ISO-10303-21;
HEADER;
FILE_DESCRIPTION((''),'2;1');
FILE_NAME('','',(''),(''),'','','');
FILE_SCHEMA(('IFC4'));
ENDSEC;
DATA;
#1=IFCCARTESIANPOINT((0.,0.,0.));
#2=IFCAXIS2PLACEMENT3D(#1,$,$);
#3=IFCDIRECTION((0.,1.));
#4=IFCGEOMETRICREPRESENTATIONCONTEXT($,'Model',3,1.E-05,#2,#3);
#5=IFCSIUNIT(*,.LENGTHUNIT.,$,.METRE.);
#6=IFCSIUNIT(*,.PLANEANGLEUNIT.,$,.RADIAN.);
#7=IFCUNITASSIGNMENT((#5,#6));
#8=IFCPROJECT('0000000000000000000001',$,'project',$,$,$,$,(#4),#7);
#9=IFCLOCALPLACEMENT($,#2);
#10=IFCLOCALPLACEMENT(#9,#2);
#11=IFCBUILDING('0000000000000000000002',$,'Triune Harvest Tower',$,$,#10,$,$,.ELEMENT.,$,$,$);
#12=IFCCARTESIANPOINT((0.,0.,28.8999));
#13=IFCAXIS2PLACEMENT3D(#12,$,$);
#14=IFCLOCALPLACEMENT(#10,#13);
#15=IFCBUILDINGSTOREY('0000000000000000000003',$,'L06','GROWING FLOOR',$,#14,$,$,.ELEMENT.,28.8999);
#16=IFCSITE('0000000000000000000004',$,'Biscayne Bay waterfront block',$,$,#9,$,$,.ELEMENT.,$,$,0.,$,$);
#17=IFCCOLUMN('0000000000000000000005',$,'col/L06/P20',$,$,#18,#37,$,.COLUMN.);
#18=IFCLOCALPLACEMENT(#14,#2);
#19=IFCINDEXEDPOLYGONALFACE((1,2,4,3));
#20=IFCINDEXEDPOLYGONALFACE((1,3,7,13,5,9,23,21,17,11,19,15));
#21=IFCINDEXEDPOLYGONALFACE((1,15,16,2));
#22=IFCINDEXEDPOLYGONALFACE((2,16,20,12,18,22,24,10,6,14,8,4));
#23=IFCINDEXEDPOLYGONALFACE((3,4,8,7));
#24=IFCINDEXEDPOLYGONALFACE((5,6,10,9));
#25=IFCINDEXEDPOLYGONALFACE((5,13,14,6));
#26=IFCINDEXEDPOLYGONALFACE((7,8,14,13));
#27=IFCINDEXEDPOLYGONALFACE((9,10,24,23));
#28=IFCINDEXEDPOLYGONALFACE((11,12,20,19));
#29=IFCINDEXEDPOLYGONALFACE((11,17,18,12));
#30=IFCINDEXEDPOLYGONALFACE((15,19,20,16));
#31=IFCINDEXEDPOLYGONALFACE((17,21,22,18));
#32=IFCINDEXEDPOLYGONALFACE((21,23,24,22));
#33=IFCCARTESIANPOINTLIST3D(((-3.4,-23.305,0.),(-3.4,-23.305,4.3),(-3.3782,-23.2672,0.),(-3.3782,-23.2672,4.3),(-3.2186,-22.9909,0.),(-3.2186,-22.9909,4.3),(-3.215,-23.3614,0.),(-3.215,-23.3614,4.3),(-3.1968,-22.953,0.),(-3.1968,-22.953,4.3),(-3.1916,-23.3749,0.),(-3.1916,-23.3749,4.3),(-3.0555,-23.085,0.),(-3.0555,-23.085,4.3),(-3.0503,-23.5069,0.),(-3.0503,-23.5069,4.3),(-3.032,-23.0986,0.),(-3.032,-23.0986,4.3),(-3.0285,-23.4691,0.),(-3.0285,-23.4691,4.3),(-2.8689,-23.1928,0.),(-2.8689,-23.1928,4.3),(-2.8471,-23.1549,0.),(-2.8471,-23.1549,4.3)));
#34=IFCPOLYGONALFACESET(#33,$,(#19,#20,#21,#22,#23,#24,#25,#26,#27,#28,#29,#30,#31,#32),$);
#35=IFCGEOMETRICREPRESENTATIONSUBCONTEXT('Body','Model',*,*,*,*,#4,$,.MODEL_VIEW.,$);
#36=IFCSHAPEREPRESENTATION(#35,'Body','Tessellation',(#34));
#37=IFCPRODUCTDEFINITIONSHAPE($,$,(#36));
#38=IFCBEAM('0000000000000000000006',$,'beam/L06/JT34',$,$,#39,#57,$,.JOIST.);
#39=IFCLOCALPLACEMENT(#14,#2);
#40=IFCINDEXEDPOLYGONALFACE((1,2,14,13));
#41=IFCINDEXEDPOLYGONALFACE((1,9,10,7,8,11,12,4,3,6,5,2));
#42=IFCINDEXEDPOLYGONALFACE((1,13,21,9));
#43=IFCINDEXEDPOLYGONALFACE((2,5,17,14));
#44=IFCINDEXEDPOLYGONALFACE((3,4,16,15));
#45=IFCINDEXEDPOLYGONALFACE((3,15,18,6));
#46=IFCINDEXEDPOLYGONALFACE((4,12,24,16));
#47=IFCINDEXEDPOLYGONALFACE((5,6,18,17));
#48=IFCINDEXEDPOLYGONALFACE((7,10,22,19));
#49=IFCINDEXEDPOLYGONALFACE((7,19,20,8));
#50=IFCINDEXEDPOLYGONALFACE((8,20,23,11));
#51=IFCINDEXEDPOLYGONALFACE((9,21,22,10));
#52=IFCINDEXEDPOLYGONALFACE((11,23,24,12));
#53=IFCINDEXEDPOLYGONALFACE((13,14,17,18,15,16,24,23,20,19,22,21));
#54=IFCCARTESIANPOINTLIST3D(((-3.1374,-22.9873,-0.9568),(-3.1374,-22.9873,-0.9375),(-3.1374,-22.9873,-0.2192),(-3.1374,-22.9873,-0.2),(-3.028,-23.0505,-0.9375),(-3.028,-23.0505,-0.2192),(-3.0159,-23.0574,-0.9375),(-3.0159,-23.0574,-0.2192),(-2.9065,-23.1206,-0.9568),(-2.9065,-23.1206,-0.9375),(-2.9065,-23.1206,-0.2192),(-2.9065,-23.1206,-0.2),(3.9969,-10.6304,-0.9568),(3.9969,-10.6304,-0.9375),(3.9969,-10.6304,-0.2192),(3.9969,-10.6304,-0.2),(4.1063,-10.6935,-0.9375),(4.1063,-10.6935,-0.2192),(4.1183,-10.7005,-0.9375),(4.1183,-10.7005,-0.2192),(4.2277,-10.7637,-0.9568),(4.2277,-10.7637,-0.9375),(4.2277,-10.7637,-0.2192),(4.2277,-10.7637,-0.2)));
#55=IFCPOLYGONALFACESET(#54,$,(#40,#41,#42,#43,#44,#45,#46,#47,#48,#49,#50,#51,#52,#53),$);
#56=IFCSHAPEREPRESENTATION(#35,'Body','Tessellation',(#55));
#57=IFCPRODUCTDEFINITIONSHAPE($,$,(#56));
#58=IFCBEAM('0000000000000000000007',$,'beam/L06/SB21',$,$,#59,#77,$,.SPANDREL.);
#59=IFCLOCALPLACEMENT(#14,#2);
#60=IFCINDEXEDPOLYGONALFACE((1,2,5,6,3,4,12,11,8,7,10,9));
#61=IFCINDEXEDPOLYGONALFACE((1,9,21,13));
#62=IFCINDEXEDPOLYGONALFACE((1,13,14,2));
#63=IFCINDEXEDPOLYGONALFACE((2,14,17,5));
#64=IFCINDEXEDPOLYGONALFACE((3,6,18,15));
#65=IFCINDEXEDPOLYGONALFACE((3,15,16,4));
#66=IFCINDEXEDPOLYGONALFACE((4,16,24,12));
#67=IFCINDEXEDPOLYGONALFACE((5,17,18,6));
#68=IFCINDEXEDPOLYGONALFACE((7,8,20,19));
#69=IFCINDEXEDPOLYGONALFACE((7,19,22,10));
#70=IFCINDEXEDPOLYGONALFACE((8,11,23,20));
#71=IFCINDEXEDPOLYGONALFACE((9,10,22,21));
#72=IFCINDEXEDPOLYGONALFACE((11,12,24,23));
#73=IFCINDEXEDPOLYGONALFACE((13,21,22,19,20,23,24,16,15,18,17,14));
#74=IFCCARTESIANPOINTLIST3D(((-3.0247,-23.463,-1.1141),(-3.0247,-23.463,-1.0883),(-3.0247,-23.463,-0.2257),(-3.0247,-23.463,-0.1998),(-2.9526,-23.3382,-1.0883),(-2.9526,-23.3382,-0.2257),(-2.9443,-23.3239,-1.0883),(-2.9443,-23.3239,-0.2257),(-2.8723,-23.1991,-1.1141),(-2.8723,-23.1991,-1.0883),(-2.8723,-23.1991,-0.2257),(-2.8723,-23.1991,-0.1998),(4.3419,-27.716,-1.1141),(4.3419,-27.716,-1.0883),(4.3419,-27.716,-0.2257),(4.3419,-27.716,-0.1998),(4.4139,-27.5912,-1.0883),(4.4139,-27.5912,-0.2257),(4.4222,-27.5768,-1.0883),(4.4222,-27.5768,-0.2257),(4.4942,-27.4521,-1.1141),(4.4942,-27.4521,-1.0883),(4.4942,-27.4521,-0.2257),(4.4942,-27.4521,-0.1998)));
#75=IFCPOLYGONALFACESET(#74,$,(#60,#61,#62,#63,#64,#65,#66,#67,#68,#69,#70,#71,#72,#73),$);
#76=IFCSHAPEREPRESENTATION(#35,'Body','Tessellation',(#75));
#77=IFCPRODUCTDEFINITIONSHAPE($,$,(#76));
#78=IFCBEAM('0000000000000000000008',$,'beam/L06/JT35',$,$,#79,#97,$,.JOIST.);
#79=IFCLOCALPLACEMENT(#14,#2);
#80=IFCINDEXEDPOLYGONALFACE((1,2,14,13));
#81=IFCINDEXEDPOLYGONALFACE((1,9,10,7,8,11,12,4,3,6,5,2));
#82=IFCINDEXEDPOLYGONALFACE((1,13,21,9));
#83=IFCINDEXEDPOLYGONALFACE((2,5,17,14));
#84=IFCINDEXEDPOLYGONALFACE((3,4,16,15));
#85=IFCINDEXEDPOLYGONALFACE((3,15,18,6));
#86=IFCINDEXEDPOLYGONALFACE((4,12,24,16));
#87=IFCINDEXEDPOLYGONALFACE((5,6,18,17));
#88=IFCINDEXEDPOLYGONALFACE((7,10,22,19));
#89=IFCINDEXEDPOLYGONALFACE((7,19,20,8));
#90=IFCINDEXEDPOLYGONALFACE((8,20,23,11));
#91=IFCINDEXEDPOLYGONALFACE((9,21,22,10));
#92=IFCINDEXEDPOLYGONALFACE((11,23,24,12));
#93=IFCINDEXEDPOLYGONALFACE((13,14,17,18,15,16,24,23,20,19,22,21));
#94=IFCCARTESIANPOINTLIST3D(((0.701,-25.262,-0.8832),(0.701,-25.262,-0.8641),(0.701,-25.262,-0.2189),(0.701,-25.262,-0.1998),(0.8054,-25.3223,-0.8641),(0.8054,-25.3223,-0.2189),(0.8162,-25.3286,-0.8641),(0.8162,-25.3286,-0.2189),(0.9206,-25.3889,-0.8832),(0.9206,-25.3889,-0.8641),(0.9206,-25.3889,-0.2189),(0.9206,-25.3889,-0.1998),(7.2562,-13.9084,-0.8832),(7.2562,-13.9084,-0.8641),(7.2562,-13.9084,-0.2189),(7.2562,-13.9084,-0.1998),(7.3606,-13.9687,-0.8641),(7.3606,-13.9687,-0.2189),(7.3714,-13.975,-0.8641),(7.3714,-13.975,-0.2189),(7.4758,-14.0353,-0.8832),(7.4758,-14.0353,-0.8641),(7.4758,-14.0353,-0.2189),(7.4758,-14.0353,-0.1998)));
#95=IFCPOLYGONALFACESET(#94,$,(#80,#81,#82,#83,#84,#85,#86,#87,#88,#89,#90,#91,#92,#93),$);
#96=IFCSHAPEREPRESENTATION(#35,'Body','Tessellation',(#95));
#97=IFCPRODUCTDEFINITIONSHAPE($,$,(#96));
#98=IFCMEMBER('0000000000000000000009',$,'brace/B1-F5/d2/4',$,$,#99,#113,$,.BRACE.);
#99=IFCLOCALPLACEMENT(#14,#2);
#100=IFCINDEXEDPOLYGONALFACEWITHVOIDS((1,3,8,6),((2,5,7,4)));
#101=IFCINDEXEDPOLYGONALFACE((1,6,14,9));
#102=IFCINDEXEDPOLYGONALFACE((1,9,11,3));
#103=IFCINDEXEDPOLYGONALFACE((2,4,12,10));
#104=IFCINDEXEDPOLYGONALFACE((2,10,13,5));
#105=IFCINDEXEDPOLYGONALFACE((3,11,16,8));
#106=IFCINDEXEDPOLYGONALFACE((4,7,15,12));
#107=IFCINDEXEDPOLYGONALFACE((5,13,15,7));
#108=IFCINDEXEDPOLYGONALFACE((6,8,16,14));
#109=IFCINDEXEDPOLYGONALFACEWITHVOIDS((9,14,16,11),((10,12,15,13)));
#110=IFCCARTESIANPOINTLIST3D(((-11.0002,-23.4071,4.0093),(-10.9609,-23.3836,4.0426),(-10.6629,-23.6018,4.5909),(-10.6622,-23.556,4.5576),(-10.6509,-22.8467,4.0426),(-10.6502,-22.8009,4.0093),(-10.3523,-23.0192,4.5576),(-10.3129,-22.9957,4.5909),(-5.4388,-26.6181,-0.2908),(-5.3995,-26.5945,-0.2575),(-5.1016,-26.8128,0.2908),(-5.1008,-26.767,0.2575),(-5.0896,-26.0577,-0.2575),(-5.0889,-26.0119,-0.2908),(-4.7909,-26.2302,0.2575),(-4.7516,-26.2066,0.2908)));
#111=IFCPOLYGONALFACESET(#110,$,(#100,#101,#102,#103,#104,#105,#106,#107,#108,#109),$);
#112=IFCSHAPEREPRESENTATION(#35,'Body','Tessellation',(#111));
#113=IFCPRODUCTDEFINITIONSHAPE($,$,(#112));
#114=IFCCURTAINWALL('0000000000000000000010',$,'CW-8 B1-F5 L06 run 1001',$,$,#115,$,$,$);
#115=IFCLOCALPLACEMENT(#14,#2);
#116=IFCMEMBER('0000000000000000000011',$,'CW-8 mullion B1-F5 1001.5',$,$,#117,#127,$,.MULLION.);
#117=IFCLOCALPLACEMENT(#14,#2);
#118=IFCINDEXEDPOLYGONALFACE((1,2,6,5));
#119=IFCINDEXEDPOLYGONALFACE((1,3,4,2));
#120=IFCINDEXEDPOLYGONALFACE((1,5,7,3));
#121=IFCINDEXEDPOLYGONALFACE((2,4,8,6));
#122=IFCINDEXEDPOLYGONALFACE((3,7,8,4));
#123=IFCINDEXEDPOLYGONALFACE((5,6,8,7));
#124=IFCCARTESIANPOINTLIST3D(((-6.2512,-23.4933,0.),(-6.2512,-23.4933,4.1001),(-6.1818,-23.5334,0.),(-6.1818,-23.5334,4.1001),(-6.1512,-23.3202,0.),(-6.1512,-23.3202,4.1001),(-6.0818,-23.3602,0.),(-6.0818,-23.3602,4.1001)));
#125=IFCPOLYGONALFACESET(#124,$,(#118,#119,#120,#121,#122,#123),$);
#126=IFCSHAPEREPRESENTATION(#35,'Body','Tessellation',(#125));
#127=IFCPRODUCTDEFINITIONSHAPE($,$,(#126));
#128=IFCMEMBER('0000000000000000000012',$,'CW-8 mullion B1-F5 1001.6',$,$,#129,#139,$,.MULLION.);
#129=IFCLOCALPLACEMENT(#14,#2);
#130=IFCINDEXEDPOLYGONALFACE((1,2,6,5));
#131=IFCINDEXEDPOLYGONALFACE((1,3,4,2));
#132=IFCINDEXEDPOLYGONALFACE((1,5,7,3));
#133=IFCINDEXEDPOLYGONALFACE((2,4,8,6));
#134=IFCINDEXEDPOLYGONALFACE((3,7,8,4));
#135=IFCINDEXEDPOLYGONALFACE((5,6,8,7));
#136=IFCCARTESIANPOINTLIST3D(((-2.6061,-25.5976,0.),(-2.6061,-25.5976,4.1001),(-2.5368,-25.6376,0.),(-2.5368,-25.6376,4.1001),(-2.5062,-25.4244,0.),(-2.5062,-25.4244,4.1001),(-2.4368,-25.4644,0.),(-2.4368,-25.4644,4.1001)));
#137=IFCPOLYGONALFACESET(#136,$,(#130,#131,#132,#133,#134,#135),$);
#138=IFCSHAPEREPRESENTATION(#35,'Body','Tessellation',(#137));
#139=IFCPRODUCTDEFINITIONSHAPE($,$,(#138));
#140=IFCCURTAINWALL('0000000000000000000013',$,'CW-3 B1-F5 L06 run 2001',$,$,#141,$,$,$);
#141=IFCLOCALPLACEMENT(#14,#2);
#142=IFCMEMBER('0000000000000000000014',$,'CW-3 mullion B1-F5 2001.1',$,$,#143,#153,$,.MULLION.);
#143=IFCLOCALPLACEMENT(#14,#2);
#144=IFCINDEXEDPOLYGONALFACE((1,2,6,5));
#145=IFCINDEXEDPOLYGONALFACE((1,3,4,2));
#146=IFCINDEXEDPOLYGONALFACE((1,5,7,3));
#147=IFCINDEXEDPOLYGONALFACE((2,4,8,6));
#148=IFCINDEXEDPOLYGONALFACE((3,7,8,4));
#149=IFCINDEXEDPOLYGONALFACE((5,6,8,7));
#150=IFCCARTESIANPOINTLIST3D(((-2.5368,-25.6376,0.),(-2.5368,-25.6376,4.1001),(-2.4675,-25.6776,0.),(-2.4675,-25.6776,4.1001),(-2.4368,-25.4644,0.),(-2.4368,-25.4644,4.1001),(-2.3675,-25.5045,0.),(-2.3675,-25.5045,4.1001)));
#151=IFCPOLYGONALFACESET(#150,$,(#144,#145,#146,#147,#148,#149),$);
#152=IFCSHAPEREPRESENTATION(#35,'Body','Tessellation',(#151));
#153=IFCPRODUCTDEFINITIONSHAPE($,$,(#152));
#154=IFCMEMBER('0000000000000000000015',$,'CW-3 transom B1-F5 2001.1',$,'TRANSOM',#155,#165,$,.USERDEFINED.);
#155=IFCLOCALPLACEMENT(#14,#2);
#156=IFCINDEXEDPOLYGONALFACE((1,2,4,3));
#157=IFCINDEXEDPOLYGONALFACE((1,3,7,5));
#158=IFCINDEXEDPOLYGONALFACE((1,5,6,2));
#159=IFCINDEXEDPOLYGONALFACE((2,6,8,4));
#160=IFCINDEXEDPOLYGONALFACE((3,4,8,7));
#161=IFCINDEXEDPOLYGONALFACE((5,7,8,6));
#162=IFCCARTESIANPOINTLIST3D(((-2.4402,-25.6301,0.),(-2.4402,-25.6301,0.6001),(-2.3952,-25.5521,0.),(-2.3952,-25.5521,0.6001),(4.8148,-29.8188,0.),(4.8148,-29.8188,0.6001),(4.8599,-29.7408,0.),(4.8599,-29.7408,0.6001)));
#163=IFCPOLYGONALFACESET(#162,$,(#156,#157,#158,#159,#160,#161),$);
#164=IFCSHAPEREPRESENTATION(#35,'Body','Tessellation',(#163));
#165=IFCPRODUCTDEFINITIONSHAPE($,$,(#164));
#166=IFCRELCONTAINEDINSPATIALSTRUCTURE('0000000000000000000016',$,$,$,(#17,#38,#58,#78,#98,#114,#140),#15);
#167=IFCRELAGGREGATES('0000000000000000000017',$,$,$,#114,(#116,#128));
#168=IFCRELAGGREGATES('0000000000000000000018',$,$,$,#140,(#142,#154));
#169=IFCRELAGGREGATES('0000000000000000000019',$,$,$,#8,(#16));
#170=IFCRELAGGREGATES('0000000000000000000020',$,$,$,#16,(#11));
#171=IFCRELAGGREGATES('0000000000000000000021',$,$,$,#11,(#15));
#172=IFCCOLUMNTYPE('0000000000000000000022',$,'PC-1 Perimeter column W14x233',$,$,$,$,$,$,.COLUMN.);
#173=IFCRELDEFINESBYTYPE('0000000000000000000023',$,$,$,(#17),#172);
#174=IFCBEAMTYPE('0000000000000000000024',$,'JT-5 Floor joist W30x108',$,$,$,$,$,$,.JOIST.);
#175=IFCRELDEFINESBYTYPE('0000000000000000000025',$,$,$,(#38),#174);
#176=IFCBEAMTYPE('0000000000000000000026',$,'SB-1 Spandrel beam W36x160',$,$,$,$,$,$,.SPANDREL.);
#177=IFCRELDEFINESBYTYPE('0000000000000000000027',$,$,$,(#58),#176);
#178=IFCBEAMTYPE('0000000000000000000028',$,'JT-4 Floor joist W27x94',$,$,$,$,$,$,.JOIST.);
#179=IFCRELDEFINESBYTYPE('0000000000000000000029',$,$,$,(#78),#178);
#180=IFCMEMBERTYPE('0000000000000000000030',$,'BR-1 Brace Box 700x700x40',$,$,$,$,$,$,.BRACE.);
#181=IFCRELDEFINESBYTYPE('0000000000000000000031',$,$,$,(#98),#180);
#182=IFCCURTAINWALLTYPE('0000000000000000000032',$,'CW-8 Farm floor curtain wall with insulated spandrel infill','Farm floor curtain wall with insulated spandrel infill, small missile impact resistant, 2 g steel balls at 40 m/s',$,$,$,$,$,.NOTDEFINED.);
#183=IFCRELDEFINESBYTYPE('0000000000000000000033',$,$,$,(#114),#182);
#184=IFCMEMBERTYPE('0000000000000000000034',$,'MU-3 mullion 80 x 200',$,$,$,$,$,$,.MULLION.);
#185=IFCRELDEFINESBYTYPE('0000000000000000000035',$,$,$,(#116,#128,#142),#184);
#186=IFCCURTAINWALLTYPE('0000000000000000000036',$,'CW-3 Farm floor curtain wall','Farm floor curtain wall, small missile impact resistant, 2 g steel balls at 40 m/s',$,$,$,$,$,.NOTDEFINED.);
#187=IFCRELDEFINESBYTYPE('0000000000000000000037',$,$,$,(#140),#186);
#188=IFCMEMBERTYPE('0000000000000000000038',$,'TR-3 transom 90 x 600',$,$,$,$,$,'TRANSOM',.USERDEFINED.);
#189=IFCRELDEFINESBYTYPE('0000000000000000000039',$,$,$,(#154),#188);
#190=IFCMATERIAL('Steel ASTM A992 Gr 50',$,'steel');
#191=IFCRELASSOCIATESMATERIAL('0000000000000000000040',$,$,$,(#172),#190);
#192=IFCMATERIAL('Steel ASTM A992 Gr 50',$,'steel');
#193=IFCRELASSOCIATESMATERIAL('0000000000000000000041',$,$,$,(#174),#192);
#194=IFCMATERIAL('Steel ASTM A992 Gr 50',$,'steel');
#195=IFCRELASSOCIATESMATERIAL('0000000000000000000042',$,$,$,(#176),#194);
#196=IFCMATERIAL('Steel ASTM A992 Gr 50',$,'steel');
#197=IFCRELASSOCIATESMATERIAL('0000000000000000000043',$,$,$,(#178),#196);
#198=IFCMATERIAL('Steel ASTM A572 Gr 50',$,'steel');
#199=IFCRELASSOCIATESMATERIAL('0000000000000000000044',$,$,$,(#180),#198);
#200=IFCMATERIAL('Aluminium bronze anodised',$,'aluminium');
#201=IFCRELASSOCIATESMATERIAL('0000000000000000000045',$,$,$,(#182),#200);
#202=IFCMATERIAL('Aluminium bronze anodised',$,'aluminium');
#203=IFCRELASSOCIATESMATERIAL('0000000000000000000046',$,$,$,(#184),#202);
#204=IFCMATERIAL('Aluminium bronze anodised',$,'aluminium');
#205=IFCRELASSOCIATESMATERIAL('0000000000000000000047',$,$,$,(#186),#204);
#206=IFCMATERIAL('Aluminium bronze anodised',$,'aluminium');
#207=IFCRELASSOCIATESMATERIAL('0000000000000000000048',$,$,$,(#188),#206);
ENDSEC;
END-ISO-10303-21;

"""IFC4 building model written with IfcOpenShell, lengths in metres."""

from ifc_helpers import new_model, si_unit, direction, frame, origin, origin_2d, place, context, subcontext, project, spatial, rectangle, hollow_rectangle, i_section, extrude, source, transform, mapped, material, material_profile, profile_set, type_object, element, aggregate, save


model = new_model("IFC4")

# Units and contexts
model_context = context("Model", 3, precision=1e-05, world=origin(), true_north=direction((0.0, 1.0)))
body_context = subcontext(model_context, "Body", "Model", "MODEL_VIEW")
ifc_project = project(units=[si_unit("LENGTHUNIT", "METRE"), si_unit("PLANEANGLEUNIT", "RADIAN")], contexts=[model_context])

# Site, building, storey
site_placement = place(None, origin())
site = spatial("IfcSite", under=ifc_project, at=site_placement, Name="Biscayne Bay waterfront block", CompositionType="ELEMENT", RefElevation=0.0)
building_placement = place(site_placement, origin())
building = spatial("IfcBuilding", under=site, at=building_placement, Name="Triune Harvest Tower", CompositionType="ELEMENT")
storey_placement = place(building_placement, frame((0.0, 0.0, 28.8999)))
storey = spatial("IfcBuildingStorey", under=building, at=storey_placement, Name="L06", Description="GROWING FLOOR", CompositionType="ELEMENT", Elevation=28.8999)

# Column
ifc_material_1 = material(Name="Steel ASTM A992 Gr 50", Category="steel")
ifc_material_profile_1 = material_profile(ifc_material_1, i_section(OverallWidth=0.4038, OverallDepth=0.4065, WebThickness=0.0271, FlangeThickness=0.0437, at=origin_2d()), Name="W14x233")
ifc_profile_set_1 = profile_set([ifc_material_profile_1], Name="Steel ASTM A992 Gr 50")
column_type = type_object("IfcColumnType", Name="PC-1 Perimeter column W14x233", PredefinedType="COLUMN", material=ifc_profile_set_1)
shared_shape_1 = source(origin(), body_context, "Body", "SweptSolid", [
    extrude(i_section(OverallWidth=0.4038, OverallDepth=0.4065, WebThickness=0.0271, FlangeThickness=0.0437, at=origin_2d()), origin(), (0.0, 0.0, 1.0), 4.3),
])
column_placement = place(storey_placement, frame((-3.1235, -23.23, 0.0), z_axis=(0.0, 0.0, 1.0), x_axis=(0.866025, -0.5, 0.0)))
element("IfcColumn", 1, at=column_placement, inside=storey, type_object=column_type, Name="col/L06/P20", PredefinedType="COLUMN", context=body_context, shape_type="MappedRepresentation", body=[
    mapped(shared_shape_1, transform((0.0, 0.0, 0.0), scale=1.0)),
])

# Beams
ifc_material_2 = material(Name="Steel ASTM A992 Gr 50", Category="steel")
ifc_material_profile_2 = material_profile(ifc_material_2, i_section(OverallWidth=0.2666, OverallDepth=0.7568, WebThickness=0.0139, FlangeThickness=0.0193, at=origin_2d()), Name="W30x108")
ifc_profile_set_2 = profile_set([ifc_material_profile_2], Name="Steel ASTM A992 Gr 50")
beam_type_1 = type_object("IfcBeamType", Name="JT-5 Floor joist W30x108", PredefinedType="JOIST", material=ifc_profile_set_2)
shared_shape_2 = source(origin(), body_context, "Body", "SweptSolid", [
    extrude(i_section(OverallWidth=0.2666, OverallDepth=0.7568, WebThickness=0.0139, FlangeThickness=0.0193, at=origin_2d()), origin(), (0.0, 0.0, 1.0), 14.2686),
])
beam_1_placement = place(storey_placement, frame((-3.022, -23.054, -0.5784), z_axis=(0.5, 0.866025, 0.0), x_axis=(-0.866025, 0.5, 0.0)))
element("IfcBeam", 2, at=beam_1_placement, inside=storey, type_object=beam_type_1, Name="beam/L06/JT34", PredefinedType="JOIST", context=body_context, shape_type="MappedRepresentation", body=[
    mapped(shared_shape_2, transform((0.0, 0.0, 0.0), scale=1.0)),
])
ifc_material_3 = material(Name="Steel ASTM A992 Gr 50", Category="steel")
ifc_material_profile_3 = material_profile(ifc_material_3, i_section(OverallWidth=0.3047, OverallDepth=0.9143, WebThickness=0.0166, FlangeThickness=0.0259, at=origin_2d()), Name="W36x160")
ifc_profile_set_3 = profile_set([ifc_material_profile_3], Name="Steel ASTM A992 Gr 50")
beam_type_2 = type_object("IfcBeamType", Name="SB-1 Spandrel beam W36x160", PredefinedType="SPANDREL", material=ifc_profile_set_3)
shared_shape_3 = source(origin(), body_context, "Body", "SweptSolid", [
    extrude(i_section(OverallWidth=0.3047, OverallDepth=0.9143, WebThickness=0.0166, FlangeThickness=0.0259, at=origin_2d()), origin(), (0.0, 0.0, 1.0), 8.5061),
])
beam_2_placement = place(storey_placement, frame((-2.9485, -23.3311, -0.657), z_axis=(0.86603, -0.499992, 0.0), x_axis=(0.499992, 0.86603, 0.0)))
element("IfcBeam", 3, at=beam_2_placement, inside=storey, type_object=beam_type_2, Name="beam/L06/SB21", PredefinedType="SPANDREL", context=body_context, shape_type="MappedRepresentation", body=[
    mapped(shared_shape_3, transform((0.0, 0.0, 0.0), scale=1.0)),
])
ifc_material_4 = material(Name="Steel ASTM A992 Gr 50", Category="steel")
ifc_material_profile_4 = material_profile(ifc_material_4, i_section(OverallWidth=0.2537, OverallDepth=0.6833, WebThickness=0.0125, FlangeThickness=0.019, at=origin_2d()), Name="W27x94")
ifc_profile_set_4 = profile_set([ifc_material_profile_4], Name="Steel ASTM A992 Gr 50")
beam_type_3 = type_object("IfcBeamType", Name="JT-4 Floor joist W27x94", PredefinedType="JOIST", material=ifc_profile_set_4)
shared_shape_4 = source(origin(), body_context, "Body", "SweptSolid", [
    extrude(i_section(OverallWidth=0.2537, OverallDepth=0.6833, WebThickness=0.0125, FlangeThickness=0.019, at=origin_2d()), origin(), (0.0, 0.0, 1.0), 13.1101),
])
beam_3_placement = place(storey_placement, frame((0.8108, -25.3254, -0.5415), z_axis=(0.500013, 0.866018, 0.0), x_axis=(-0.866018, 0.500013, 0.0)))
element("IfcBeam", 4, at=beam_3_placement, inside=storey, type_object=beam_type_3, Name="beam/L06/JT35", PredefinedType="JOIST", context=body_context, shape_type="MappedRepresentation", body=[
    mapped(shared_shape_4, transform((0.0, 0.0, 0.0), scale=1.0)),
])

# Member
ifc_material_5 = material(Name="Steel ASTM A572 Gr 50", Category="steel")
ifc_material_profile_5 = material_profile(ifc_material_5, hollow_rectangle(XDim=0.7, YDim=0.7, WallThickness=0.04, at=origin_2d()), Name="Box 700x700x40")
ifc_profile_set_5 = profile_set([ifc_material_profile_5], Name="Steel ASTM A572 Gr 50")
member_type_1 = type_object("IfcMemberType", Name="BR-1 Brace Box 700x700x40", PredefinedType="BRACE", material=ifc_profile_set_5)
shared_shape_5 = source(origin(), body_context, "Body", "SweptSolid", [
    extrude(hollow_rectangle(XDim=0.7, YDim=0.7, WallThickness=0.04, at=origin_2d()), origin(), (0.0, 0.0, 1.0), 7.7285),
])
member_1_placement = place(storey_placement, frame((-5.0952, -26.4124, 0.0), z_axis=(-0.719589, 0.415472, 0.556395), x_axis=(-0.500015, -0.866017, 0.0)))
element("IfcMember", 5, at=member_1_placement, inside=storey, type_object=member_type_1, Name="brace/B1-F5/d2/4", PredefinedType="BRACE", context=body_context, shape_type="MappedRepresentation", body=[
    mapped(shared_shape_5, transform((0.0, 0.0, 0.0), scale=1.0)),
])

# Curtain walls, members
ifc_material_6 = material(Name="Aluminium bronze anodised", Category="aluminium")
curtain_wall_type_1 = type_object("IfcCurtainWallType", Name="CW-8 Farm floor curtain wall with insulated spandrel infill", Description="Farm floor curtain wall with insulated spandrel infill, small missile impact resistant, 2 g steel balls at 40 m/s", PredefinedType="NOTDEFINED", material=ifc_material_6)
curtain_wall_1_placement = place(storey_placement, origin())
curtain_wall_1 = element("IfcCurtainWall", 6, at=curtain_wall_1_placement, inside=storey, type_object=curtain_wall_type_1, Name="CW-8 B1-F5 L06 run 1001")
ifc_material_7 = material(Name="Aluminium bronze anodised", Category="aluminium")
ifc_material_profile_6 = material_profile(ifc_material_7, rectangle(XDim=0.2, YDim=0.0801, at=origin_2d()), Name="MU-3 mullion 80 x 200")
ifc_profile_set_6 = profile_set([ifc_material_profile_6], Name="Aluminium bronze anodised")
member_type_2 = type_object("IfcMemberType", Name="MU-3 mullion 80 x 200", PredefinedType="MULLION", material=ifc_profile_set_6)
shared_shape_6 = source(origin(), body_context, "Body", "SweptSolid", [
    extrude(rectangle(XDim=0.2, YDim=0.0801, at=origin_2d()), origin(), (0.0, 0.0, 1.0), 4.1001),
])
member_2_placement = place(storey_placement, frame((-6.1665, -23.4268, 0.0), z_axis=(0.0, 0.0, 1.0), x_axis=(0.499998, 0.866027, 0.0)))
member_2 = element("IfcMember", 7, at=member_2_placement, type_object=member_type_2, Name="CW-8 mullion B1-F5 1001.5", PredefinedType="MULLION", context=body_context, shape_type="MappedRepresentation", body=[
    mapped(shared_shape_6, transform((0.0, 0.0, 0.0), scale=1.0)),
])
member_3_placement = place(storey_placement, frame((-2.5215, -25.531, 0.0), z_axis=(0.0, 0.0, 1.0), x_axis=(0.499998, 0.866027, 0.0)))
member_3 = element("IfcMember", 8, at=member_3_placement, type_object=member_type_2, Name="CW-8 mullion B1-F5 1001.6", PredefinedType="MULLION", context=body_context, shape_type="MappedRepresentation", body=[
    mapped(shared_shape_6, transform((0.0, 0.0, 0.0), scale=1.0)),
])
ifc_material_8 = material(Name="Aluminium bronze anodised", Category="aluminium")
curtain_wall_type_2 = type_object("IfcCurtainWallType", Name="CW-3 Farm floor curtain wall", Description="Farm floor curtain wall, small missile impact resistant, 2 g steel balls at 40 m/s", PredefinedType="NOTDEFINED", material=ifc_material_8)
curtain_wall_2_placement = place(storey_placement, origin())
curtain_wall_2 = element("IfcCurtainWall", 9, at=curtain_wall_2_placement, inside=storey, type_object=curtain_wall_type_2, Name="CW-3 B1-F5 L06 run 2001")
member_4_placement = place(storey_placement, frame((-2.4521, -25.571, 0.0), z_axis=(0.0, 0.0, 1.0), x_axis=(0.500001, 0.866025, 0.0)))
member_4 = element("IfcMember", 10, at=member_4_placement, type_object=member_type_2, Name="CW-3 mullion B1-F5 2001.1", PredefinedType="MULLION", context=body_context, shape_type="MappedRepresentation", body=[
    mapped(shared_shape_6, transform((0.0, 0.0, 0.0), scale=1.0)),
])
ifc_material_9 = material(Name="Aluminium bronze anodised", Category="aluminium")
ifc_material_profile_7 = material_profile(ifc_material_9, rectangle(XDim=0.0901, YDim=0.6001, at=origin_2d()), Name="TR-3 transom 90 x 600")
ifc_profile_set_7 = profile_set([ifc_material_profile_7], Name="Aluminium bronze anodised")
member_type_3 = type_object("IfcMemberType", Name="TR-3 transom 90 x 600", ElementType="TRANSOM", PredefinedType="USERDEFINED", material=ifc_profile_set_7)
shared_shape_7 = source(origin(), body_context, "Body", "SweptSolid", [
    extrude(rectangle(XDim=0.0901, YDim=0.6001, at=origin_2d()), origin(), (0.0, 0.0, 1.0), 8.3774),
])
member_5_placement = place(storey_placement, frame((-2.4177, -25.5911, 0.3), z_axis=(0.866027, -0.499997, 0.0), x_axis=(0.499997, 0.866027, 0.0)))
member_5 = element("IfcMember", 11, at=member_5_placement, type_object=member_type_3, Name="CW-3 transom B1-F5 2001.1", ObjectType="TRANSOM", PredefinedType="USERDEFINED", context=body_context, shape_type="MappedRepresentation", body=[
    mapped(shared_shape_7, transform((0.0, 0.0, 0.0), scale=1.0)),
])

aggregate(curtain_wall_1, [member_2, member_3])
aggregate(curtain_wall_2, [member_4, member_5])

save(model, "model.ifc")
